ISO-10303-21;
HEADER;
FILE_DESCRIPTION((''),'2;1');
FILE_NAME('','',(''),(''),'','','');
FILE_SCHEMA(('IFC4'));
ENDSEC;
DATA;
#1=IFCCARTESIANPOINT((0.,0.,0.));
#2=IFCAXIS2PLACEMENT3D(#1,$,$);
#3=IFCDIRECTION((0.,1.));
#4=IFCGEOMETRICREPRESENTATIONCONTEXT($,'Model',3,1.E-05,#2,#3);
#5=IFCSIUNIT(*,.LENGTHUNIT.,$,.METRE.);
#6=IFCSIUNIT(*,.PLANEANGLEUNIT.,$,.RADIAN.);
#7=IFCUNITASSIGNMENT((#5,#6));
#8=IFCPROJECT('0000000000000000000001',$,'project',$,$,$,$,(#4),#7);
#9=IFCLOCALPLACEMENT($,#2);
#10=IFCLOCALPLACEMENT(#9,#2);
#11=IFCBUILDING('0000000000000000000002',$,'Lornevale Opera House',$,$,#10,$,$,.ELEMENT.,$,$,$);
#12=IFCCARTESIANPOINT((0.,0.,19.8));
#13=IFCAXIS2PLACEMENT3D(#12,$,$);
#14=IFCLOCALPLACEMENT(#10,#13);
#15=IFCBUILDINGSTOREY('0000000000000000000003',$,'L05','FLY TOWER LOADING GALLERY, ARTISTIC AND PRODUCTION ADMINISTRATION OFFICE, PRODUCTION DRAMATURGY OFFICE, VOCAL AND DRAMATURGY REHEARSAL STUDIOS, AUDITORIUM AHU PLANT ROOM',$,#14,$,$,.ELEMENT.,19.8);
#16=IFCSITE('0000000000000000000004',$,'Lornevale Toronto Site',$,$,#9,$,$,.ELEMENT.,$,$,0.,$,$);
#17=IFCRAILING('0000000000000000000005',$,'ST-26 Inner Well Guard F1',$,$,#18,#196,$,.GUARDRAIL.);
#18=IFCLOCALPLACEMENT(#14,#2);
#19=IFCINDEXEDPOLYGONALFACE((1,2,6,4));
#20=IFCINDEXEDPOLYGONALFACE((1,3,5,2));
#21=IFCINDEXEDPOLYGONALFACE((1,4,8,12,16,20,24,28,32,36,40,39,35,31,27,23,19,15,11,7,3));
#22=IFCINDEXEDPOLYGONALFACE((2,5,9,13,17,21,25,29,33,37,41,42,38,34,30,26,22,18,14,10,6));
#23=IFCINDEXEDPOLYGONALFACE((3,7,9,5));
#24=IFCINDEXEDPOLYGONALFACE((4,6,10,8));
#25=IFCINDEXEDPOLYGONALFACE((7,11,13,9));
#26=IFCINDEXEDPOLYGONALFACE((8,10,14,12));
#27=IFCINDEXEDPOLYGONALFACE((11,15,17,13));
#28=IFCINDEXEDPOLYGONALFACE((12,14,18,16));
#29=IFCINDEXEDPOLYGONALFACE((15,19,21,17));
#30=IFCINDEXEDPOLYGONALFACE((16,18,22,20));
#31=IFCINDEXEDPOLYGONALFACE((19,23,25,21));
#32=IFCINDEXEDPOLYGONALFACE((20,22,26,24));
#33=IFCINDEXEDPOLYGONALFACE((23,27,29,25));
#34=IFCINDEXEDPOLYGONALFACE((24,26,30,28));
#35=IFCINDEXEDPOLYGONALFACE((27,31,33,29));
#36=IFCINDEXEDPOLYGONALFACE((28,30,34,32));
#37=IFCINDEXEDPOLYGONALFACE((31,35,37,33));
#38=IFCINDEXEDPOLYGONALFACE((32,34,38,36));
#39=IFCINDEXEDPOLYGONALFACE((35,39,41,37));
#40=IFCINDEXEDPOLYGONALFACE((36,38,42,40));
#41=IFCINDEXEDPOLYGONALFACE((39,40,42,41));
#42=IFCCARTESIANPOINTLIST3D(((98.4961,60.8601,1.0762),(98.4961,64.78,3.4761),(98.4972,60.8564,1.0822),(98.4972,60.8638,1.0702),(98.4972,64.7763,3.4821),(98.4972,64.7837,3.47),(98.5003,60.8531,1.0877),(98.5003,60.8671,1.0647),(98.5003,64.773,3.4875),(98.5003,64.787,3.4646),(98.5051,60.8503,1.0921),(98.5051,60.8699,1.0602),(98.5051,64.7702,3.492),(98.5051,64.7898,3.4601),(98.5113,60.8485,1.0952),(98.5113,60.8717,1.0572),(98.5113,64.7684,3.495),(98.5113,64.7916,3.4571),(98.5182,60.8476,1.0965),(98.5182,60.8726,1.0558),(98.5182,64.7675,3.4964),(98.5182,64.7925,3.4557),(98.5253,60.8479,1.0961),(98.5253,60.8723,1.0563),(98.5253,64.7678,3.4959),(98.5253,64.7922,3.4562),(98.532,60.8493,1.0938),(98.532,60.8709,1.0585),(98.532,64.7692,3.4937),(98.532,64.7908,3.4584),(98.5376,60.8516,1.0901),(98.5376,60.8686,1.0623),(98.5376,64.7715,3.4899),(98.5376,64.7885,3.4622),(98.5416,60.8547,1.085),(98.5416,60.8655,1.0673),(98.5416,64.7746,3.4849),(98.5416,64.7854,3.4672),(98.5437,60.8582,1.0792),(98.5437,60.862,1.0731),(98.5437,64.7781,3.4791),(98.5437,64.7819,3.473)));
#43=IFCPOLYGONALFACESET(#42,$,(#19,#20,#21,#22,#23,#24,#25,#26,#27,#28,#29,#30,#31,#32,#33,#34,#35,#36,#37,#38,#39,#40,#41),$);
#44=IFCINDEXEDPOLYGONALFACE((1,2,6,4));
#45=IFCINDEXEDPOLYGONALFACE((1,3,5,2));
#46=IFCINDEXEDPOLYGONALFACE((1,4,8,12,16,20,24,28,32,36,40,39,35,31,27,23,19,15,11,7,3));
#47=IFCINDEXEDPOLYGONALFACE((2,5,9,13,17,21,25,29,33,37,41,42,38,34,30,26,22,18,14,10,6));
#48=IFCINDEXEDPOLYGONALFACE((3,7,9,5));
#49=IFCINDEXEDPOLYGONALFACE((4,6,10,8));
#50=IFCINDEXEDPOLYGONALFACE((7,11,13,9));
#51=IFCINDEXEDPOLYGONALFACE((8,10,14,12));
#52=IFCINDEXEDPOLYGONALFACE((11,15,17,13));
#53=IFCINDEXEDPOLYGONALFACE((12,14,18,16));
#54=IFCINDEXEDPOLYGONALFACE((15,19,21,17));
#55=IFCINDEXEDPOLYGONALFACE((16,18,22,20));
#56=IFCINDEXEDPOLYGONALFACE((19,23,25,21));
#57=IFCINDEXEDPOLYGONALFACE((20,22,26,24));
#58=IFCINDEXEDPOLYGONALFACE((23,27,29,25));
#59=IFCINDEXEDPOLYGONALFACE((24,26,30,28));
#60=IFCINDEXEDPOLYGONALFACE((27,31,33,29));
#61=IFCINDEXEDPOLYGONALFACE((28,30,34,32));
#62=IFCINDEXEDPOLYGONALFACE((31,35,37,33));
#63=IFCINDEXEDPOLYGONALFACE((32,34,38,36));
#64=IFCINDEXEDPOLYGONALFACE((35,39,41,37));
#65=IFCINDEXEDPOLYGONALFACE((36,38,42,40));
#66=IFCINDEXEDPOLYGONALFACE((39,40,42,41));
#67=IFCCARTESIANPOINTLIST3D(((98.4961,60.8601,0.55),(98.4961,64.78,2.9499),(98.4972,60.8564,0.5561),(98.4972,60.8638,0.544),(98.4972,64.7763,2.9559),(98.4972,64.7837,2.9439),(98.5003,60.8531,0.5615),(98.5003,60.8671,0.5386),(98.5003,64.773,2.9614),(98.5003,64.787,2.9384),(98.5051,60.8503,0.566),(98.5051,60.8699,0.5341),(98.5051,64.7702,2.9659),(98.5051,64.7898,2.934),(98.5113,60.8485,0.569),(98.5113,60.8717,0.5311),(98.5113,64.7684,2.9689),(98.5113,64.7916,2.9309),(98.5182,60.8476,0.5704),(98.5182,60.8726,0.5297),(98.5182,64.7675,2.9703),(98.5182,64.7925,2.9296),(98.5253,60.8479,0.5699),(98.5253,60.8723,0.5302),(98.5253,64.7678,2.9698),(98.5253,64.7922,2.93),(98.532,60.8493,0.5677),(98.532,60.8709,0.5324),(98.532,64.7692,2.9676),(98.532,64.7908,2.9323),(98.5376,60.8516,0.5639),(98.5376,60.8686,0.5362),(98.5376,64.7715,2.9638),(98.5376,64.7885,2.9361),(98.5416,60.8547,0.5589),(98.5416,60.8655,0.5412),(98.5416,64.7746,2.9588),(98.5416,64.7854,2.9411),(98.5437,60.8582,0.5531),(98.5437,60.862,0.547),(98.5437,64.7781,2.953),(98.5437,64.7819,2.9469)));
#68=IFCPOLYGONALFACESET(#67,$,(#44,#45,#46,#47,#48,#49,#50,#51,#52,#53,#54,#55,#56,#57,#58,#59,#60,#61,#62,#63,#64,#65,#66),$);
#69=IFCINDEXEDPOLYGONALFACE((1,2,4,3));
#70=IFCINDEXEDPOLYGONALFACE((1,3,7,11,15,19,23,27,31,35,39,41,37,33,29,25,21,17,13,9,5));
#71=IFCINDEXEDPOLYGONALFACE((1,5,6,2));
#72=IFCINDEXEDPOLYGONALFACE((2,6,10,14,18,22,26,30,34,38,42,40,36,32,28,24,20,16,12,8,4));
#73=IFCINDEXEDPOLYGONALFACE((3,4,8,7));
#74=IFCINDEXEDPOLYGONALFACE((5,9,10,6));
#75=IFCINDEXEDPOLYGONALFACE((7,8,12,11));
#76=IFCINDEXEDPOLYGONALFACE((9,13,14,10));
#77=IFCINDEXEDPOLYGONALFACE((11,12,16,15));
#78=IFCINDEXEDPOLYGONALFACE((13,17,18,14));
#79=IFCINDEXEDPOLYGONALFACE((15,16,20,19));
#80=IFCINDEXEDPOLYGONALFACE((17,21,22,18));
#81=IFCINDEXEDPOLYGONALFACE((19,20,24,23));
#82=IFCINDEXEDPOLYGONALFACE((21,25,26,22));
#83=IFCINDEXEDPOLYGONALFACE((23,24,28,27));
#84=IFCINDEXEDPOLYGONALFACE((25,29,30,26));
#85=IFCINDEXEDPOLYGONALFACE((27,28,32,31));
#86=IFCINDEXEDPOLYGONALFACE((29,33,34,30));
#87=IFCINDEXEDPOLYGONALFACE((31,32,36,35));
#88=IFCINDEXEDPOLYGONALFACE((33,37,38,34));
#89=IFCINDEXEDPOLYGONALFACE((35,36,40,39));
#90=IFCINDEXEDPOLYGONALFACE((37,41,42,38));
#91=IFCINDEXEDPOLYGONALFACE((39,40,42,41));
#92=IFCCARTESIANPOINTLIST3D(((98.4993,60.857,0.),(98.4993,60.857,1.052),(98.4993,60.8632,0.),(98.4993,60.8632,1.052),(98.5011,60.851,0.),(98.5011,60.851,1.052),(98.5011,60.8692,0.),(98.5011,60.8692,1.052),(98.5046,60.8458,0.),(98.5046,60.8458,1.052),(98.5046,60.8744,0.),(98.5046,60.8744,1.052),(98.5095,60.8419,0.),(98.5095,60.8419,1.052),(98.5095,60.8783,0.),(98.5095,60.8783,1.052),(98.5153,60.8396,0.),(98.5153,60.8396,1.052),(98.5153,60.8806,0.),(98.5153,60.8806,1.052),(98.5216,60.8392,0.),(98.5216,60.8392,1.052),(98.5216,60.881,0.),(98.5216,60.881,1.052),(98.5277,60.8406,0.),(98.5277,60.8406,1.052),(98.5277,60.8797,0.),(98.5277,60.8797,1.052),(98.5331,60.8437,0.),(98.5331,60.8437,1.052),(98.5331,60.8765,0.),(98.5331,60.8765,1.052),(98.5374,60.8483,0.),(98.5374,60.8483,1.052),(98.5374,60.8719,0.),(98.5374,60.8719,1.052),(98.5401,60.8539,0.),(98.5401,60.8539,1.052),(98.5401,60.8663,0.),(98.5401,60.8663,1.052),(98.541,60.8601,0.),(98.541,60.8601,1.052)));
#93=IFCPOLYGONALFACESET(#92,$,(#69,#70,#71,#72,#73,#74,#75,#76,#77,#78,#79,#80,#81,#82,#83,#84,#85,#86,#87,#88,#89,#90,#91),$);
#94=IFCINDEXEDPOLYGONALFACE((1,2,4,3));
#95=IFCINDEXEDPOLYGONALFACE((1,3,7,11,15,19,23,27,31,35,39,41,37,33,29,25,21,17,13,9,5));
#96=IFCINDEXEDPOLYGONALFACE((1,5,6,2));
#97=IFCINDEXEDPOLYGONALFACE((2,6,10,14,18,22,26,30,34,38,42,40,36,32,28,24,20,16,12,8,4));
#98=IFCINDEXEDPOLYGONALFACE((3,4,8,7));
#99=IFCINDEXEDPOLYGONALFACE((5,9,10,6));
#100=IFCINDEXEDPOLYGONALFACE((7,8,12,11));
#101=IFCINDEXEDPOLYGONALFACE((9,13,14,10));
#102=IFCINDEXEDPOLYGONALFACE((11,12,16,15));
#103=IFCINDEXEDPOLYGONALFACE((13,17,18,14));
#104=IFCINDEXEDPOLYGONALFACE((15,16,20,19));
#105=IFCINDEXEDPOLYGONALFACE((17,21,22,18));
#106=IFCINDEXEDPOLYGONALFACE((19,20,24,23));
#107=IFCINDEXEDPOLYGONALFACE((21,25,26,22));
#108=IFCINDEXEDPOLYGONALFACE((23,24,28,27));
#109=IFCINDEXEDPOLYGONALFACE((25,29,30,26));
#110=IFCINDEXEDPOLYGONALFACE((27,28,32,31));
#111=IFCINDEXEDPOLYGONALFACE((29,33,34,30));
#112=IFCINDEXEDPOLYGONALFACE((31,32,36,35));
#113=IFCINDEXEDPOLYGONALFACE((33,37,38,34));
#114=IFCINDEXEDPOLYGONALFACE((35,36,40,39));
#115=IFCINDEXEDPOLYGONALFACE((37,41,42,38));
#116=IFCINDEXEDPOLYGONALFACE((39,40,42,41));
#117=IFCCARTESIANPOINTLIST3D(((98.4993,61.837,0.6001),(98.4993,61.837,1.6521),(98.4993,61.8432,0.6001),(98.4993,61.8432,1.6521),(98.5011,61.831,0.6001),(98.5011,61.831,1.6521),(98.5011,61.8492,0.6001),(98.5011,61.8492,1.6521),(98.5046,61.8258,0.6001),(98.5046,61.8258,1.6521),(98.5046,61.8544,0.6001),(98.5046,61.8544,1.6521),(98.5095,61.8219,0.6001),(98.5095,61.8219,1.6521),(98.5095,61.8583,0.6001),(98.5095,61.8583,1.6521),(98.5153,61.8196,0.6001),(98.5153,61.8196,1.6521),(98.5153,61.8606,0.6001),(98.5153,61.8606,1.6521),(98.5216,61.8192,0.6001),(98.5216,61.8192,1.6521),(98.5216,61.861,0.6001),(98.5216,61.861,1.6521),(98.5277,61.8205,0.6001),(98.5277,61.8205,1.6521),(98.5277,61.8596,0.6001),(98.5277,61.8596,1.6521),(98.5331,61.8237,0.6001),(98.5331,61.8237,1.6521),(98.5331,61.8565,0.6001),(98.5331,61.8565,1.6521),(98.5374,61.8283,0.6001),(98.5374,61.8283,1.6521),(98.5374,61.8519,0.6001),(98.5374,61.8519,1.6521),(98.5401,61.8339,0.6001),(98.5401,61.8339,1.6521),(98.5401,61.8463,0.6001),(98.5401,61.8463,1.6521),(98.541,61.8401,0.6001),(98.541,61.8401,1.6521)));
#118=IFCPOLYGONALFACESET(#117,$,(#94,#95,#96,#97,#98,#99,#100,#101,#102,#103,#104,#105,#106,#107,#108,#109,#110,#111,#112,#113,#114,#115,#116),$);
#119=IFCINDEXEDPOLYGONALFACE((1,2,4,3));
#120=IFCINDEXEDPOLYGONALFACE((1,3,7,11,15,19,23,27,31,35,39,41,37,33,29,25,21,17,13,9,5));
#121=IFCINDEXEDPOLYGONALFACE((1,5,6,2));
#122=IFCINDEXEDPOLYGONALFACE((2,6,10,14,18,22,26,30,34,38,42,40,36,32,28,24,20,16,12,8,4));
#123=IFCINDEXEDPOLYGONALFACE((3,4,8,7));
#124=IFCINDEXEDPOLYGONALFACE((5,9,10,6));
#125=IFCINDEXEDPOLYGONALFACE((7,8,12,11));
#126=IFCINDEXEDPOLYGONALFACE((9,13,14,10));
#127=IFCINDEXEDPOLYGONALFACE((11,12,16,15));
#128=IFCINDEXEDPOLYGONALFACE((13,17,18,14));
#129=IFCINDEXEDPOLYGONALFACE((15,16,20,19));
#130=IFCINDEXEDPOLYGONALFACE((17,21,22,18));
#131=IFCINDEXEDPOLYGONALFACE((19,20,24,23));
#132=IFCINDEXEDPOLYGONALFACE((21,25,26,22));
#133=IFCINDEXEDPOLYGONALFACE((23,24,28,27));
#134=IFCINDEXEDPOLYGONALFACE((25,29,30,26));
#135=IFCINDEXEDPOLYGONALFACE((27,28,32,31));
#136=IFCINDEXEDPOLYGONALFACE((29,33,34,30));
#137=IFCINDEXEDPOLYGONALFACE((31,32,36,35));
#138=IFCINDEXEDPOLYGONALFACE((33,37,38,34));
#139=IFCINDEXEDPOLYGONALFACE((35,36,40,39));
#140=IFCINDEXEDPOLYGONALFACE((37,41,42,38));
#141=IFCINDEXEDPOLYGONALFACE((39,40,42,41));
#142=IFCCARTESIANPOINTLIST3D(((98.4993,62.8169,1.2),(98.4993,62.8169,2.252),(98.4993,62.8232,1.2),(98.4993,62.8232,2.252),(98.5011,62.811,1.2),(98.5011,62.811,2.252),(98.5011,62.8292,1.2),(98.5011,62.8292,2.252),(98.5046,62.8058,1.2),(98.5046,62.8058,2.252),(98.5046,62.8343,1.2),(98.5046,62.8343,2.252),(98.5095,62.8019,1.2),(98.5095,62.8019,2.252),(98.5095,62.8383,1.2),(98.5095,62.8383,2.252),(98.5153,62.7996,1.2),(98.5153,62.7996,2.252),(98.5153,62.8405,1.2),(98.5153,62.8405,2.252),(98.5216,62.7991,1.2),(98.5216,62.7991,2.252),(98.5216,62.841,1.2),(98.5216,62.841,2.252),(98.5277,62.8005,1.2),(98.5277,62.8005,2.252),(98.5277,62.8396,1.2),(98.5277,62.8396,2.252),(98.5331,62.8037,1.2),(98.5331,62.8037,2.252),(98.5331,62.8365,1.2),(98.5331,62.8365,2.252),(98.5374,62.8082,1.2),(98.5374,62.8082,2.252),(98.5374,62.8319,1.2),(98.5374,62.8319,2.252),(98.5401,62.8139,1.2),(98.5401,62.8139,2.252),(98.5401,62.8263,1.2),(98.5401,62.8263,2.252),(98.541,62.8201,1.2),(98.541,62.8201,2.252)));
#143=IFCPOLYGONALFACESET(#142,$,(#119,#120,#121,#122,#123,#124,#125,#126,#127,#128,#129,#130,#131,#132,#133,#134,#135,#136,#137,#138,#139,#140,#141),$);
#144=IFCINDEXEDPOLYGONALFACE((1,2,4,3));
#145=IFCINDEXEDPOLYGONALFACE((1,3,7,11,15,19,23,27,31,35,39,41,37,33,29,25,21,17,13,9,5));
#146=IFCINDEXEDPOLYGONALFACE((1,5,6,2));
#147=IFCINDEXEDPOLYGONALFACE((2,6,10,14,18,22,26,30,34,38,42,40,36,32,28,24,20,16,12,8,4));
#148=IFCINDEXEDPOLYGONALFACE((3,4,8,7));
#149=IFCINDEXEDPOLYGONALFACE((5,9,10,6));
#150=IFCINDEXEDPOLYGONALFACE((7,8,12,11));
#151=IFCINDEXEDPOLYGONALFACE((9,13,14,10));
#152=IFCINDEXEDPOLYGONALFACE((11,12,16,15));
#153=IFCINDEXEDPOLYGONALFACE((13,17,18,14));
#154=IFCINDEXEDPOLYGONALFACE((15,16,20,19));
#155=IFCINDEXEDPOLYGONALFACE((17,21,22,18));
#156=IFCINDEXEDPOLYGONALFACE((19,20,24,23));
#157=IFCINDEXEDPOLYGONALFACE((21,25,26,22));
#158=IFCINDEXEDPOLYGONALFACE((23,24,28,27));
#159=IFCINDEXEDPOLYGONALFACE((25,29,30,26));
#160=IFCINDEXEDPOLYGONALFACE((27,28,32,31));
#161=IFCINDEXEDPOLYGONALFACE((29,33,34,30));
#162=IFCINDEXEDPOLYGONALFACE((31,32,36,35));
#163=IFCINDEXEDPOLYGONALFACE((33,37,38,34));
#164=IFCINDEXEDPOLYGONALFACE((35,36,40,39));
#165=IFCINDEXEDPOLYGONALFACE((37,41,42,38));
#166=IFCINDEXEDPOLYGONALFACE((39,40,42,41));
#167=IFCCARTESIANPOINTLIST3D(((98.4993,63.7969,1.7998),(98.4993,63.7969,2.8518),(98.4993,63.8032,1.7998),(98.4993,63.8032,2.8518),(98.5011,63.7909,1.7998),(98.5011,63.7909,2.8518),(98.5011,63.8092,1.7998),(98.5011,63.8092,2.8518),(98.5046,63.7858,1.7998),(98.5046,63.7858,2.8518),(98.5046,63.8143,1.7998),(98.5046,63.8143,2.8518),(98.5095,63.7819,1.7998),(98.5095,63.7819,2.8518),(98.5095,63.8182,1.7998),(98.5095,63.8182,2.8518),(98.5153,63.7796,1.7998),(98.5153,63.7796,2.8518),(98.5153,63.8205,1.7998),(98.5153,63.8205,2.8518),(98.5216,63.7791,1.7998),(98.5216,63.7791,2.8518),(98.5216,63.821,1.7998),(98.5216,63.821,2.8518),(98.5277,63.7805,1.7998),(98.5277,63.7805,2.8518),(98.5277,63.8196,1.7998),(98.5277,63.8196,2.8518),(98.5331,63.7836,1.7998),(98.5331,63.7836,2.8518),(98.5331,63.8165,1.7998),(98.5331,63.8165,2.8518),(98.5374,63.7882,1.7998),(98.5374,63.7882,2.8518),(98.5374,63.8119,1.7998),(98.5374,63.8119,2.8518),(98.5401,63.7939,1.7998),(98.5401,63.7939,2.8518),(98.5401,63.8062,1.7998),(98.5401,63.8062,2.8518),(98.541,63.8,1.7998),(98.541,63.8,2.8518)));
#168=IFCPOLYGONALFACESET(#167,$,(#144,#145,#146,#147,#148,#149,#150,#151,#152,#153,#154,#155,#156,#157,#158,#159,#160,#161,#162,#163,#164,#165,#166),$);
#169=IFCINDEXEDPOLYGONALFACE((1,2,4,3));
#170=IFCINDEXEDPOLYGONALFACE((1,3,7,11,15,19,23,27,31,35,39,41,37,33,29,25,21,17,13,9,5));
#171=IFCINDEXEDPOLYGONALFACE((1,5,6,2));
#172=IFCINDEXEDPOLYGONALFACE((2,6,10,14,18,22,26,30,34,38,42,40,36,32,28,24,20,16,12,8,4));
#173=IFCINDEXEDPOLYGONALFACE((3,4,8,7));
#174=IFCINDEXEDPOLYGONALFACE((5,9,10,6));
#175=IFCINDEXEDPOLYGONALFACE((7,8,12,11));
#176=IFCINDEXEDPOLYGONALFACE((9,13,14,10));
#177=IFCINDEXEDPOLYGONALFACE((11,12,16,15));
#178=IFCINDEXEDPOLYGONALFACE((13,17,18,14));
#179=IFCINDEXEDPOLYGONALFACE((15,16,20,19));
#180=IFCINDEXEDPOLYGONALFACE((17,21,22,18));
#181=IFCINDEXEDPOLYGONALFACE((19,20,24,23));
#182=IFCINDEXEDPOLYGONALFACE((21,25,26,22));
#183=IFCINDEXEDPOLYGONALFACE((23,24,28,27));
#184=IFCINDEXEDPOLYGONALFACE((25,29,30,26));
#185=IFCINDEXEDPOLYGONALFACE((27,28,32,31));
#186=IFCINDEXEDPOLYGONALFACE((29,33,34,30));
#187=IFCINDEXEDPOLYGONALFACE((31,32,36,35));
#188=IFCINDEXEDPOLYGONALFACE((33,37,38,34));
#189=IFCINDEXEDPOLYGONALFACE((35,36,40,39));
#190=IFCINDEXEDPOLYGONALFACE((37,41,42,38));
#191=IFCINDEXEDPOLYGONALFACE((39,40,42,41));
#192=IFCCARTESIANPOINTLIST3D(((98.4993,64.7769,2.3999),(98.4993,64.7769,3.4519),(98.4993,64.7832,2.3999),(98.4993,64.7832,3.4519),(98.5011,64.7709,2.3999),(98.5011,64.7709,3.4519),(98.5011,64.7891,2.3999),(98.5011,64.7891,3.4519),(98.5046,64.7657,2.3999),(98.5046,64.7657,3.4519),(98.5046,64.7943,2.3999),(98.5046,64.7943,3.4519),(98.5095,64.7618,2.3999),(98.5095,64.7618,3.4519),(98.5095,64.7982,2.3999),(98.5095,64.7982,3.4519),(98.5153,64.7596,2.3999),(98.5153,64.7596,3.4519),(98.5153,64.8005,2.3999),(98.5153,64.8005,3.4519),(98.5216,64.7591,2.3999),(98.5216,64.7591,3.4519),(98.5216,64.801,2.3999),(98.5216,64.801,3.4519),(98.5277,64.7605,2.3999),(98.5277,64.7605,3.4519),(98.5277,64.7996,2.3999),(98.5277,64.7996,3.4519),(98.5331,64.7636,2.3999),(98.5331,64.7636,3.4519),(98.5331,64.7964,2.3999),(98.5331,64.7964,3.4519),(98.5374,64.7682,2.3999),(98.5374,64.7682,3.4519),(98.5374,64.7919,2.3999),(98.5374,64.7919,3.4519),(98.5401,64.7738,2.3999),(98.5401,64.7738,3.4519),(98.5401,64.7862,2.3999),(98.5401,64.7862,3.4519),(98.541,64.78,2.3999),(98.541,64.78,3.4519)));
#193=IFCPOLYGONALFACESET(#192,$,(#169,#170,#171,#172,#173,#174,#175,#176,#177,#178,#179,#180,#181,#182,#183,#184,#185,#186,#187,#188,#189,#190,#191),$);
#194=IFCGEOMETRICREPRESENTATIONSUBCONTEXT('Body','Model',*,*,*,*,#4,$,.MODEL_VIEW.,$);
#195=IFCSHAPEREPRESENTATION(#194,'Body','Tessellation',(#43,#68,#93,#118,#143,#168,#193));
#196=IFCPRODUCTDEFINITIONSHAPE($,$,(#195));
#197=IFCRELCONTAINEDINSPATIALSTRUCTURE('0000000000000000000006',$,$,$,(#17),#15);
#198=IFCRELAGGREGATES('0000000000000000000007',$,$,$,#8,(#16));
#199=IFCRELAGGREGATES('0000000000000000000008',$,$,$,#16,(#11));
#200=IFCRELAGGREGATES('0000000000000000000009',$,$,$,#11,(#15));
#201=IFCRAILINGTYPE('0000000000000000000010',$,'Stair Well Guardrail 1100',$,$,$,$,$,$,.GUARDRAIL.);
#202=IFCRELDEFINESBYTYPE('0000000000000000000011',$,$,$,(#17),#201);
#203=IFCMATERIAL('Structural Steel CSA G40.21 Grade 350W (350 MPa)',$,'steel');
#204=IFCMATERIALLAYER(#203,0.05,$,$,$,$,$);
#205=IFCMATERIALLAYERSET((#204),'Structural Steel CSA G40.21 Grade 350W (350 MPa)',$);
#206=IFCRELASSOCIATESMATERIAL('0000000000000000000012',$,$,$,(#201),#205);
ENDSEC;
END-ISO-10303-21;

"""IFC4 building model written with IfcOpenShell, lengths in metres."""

from ifc_helpers import new_model, si_unit, direction, frame, origin, origin_2d, place, context, subcontext, project, spatial, circle, extrude, material, layer, layer_set, type_object, element, save


model = new_model("IFC4")

# Units and contexts
model_context = context("Model", 3, precision=1e-05, world=origin(), true_north=direction((0.0, 1.0)))
body_context = subcontext(model_context, "Body", "Model", "MODEL_VIEW")
ifc_project = project(units=[si_unit("LENGTHUNIT", "METRE"), si_unit("PLANEANGLEUNIT", "RADIAN")], contexts=[model_context])

# Site, building, storey
site_placement = place(None, origin())
site = spatial("IfcSite", under=ifc_project, at=site_placement, Name="Lornevale Toronto Site", CompositionType="ELEMENT", RefElevation=0.0)
building_placement = place(site_placement, origin())
building = spatial("IfcBuilding", under=site, at=building_placement, Name="Lornevale Opera House", CompositionType="ELEMENT")
storey_placement = place(building_placement, frame((0.0, 0.0, 19.8)))
storey = spatial("IfcBuildingStorey", under=building, at=storey_placement, Name="L05", Description="FLY TOWER LOADING GALLERY, ARTISTIC AND PRODUCTION ADMINISTRATION OFFICE, PRODUCTION DRAMATURGY OFFICE, VOCAL AND DRAMATURGY REHEARSAL STUDIOS, AUDITORIUM AHU PLANT ROOM", CompositionType="ELEMENT", Elevation=19.8)

# Shared definitions
ifc_material_1 = material(Name="Structural Steel CSA G40.21 Grade 350W (350 MPa)", Category="steel")

# Railing
ifc_layer_1 = layer(ifc_material_1, 0.05)
ifc_layer_set_1 = layer_set([ifc_layer_1], Name="Structural Steel CSA G40.21 Grade 350W (350 MPa)")
railing_type_1 = type_object("IfcRailingType", Name="Stair Well Guardrail 1100", PredefinedType="GUARDRAIL", material=ifc_layer_set_1)
railing_1_placement = place(storey_placement, frame((98.52, 60.8601, 0.0)))
element("IfcRailing", 1, at=railing_1_placement, inside=storey, type_object=railing_type_1, Name="ST-26 Inner Well Guard F1", PredefinedType="GUARDRAIL", context=body_context, shape_type="SweptSolid", body=[
    extrude(circle(Radius=0.0239, at=origin_2d()), frame((0.0, 0.0, 1.0762), z_axis=(0.0, 0.852856, 0.522146), x_axis=(-1.0, 0.0, 0.0)), (0.0, 0.0, 1.0), 4.5962),
    extrude(circle(Radius=0.0239, at=origin_2d()), frame((0.0, 0.0, 0.55), z_axis=(0.0, 0.852856, 0.522146), x_axis=(-1.0, 0.0, 0.0)), (0.0, 0.0, 1.0), 4.5962),
    extrude(circle(Radius=0.021, at=origin_2d()), origin(), (0.0, 0.0, 1.0), 1.052),
    extrude(circle(Radius=0.021, at=origin_2d()), frame((0.0, 0.98, 0.6001)), (0.0, 0.0, 1.0), 1.052),
    extrude(circle(Radius=0.021, at=origin_2d()), frame((0.0, 1.96, 1.2)), (0.0, 0.0, 1.0), 1.052),
    extrude(circle(Radius=0.021, at=origin_2d()), frame((0.0, 2.9399, 1.7998)), (0.0, 0.0, 1.0), 1.052),
    extrude(circle(Radius=0.021, at=origin_2d()), frame((0.0, 3.9199, 2.3999)), (0.0, 0.0, 1.0), 1.052),
])

save(model, "model.ifc")
